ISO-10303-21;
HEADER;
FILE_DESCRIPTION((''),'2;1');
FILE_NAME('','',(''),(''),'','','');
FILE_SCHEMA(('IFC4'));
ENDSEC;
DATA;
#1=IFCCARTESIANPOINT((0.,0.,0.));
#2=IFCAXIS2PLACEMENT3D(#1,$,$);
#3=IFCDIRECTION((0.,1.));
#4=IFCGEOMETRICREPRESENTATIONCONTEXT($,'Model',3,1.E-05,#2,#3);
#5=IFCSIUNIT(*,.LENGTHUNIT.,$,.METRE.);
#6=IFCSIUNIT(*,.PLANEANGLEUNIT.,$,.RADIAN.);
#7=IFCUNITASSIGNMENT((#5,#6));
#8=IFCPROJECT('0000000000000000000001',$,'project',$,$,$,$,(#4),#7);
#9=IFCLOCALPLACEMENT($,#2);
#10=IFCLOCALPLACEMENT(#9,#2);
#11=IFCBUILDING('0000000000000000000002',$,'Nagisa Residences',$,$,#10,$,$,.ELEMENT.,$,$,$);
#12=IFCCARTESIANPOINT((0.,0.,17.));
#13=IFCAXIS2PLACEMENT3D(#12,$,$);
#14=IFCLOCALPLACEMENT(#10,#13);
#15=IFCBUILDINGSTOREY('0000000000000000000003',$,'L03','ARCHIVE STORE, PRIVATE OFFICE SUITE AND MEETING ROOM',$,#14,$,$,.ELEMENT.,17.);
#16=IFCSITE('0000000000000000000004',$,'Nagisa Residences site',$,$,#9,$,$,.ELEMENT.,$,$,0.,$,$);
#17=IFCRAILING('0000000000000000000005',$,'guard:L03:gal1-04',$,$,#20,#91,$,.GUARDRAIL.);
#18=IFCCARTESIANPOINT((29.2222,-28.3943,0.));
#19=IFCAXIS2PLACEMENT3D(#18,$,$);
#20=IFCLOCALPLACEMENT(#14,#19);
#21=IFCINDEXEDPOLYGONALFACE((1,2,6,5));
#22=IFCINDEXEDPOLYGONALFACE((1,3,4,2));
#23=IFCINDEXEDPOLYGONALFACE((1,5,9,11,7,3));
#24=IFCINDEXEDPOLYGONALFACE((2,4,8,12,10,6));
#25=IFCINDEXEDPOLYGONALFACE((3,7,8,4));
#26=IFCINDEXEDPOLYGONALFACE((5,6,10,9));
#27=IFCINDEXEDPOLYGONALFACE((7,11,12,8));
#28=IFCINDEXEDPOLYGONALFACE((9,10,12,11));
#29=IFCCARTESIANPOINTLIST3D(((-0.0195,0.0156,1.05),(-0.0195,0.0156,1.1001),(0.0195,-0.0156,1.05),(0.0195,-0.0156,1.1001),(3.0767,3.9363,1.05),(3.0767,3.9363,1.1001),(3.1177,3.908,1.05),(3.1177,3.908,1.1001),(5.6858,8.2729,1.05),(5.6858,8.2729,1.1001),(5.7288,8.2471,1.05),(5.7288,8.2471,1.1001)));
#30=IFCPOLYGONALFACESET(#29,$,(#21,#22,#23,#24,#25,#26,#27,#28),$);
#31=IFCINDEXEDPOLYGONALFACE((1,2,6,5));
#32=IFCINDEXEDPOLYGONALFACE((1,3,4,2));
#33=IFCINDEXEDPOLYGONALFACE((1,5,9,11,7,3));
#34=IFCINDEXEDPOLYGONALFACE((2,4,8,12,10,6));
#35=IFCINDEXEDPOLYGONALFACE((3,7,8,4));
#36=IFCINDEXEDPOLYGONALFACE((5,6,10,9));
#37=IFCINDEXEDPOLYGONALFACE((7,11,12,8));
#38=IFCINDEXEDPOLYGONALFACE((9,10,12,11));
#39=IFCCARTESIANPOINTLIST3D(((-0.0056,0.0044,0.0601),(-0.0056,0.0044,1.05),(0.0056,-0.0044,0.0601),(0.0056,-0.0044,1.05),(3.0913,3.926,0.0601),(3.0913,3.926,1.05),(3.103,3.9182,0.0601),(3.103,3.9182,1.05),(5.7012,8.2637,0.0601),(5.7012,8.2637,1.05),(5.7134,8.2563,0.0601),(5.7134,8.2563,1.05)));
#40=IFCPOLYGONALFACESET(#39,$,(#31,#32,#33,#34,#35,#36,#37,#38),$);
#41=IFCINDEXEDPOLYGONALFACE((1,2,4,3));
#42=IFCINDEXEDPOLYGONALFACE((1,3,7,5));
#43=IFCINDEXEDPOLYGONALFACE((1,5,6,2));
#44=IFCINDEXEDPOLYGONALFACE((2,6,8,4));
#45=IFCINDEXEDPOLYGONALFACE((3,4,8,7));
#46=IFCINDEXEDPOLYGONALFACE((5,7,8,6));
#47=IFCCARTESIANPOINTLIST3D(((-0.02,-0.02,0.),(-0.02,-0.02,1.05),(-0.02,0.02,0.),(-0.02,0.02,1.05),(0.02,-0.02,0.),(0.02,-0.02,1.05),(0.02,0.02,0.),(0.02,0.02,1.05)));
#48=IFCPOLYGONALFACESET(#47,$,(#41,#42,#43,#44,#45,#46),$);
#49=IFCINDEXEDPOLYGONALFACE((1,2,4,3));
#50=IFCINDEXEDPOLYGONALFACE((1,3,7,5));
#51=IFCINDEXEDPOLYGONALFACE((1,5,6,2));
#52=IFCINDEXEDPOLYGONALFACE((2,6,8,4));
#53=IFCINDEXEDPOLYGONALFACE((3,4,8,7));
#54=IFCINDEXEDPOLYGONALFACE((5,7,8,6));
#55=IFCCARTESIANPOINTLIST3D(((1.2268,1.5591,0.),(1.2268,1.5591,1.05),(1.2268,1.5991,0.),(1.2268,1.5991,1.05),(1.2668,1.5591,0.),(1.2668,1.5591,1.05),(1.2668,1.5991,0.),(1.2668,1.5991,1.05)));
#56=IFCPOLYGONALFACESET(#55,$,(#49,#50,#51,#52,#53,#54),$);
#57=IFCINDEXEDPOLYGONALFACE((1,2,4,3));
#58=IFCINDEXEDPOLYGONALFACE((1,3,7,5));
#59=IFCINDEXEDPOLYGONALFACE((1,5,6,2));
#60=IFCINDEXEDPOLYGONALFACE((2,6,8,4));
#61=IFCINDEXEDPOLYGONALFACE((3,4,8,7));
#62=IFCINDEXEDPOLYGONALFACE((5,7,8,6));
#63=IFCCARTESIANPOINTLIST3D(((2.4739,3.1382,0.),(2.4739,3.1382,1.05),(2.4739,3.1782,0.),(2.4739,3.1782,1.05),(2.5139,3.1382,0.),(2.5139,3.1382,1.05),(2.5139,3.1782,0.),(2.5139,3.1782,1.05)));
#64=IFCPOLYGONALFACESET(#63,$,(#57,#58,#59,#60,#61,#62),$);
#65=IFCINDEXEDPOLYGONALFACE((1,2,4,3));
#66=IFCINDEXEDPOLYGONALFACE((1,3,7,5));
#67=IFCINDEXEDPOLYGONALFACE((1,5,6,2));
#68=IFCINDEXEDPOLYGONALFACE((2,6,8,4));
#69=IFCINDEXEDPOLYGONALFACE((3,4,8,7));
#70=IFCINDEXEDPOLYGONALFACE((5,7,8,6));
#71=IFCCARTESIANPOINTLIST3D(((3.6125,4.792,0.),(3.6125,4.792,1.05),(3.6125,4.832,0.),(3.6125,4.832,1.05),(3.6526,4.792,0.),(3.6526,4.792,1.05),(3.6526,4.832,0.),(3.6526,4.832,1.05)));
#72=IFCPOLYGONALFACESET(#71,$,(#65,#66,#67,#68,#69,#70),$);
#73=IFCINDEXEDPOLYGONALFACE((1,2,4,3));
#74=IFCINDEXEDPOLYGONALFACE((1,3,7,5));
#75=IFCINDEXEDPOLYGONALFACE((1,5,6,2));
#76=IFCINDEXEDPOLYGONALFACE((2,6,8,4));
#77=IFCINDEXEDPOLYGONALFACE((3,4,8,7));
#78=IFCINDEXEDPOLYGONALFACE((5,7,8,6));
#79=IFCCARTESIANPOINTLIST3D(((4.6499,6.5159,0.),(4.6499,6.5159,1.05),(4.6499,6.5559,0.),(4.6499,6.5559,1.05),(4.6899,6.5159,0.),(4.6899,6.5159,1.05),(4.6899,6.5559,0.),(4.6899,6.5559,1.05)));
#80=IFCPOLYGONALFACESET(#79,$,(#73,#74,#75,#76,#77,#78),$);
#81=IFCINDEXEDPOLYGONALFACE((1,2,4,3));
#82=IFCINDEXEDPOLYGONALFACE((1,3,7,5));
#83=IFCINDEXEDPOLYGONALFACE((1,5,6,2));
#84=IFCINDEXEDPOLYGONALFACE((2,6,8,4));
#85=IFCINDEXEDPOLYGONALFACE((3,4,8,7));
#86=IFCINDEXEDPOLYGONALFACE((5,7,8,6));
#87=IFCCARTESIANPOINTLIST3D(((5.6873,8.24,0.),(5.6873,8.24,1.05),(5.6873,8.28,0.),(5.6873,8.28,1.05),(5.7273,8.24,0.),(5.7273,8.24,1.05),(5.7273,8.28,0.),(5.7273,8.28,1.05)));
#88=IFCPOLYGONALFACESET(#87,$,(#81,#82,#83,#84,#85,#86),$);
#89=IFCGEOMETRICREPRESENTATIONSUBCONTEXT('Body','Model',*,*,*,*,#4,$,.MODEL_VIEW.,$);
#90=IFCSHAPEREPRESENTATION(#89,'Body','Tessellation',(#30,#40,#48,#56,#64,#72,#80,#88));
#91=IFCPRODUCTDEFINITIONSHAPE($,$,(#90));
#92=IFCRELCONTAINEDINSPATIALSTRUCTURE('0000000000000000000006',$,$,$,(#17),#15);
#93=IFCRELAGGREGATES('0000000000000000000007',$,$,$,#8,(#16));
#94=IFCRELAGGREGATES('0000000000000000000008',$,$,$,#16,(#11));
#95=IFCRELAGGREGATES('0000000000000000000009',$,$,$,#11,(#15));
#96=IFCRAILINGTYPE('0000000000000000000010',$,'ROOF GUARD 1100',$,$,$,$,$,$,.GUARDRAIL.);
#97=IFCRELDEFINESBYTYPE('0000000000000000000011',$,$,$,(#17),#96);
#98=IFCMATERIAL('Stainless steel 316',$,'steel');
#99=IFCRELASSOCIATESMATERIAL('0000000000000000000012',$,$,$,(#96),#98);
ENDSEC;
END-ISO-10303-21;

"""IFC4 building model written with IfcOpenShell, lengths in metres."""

from ifc_helpers import new_model, si_unit, direction, frame, origin, origin_2d, place, context, subcontext, project, spatial, polyline, rectangle, outline, extrude, material, type_object, element, save


model = new_model("IFC4")

# Units and contexts
model_context = context("Model", 3, precision=1e-05, world=origin(), true_north=direction((0.0, 1.0)))
body_context = subcontext(model_context, "Body", "Model", "MODEL_VIEW")
ifc_project = project(units=[si_unit("LENGTHUNIT", "METRE"), si_unit("PLANEANGLEUNIT", "RADIAN")], contexts=[model_context])

# Site, building, storey
site_placement = place(None, origin())
site = spatial("IfcSite", under=ifc_project, at=site_placement, Name="Nagisa Residences site", CompositionType="ELEMENT", RefElevation=0.0)
building_placement = place(site_placement, origin())
building = spatial("IfcBuilding", under=site, at=building_placement, Name="Nagisa Residences", CompositionType="ELEMENT")
storey_placement = place(building_placement, frame((0.0, 0.0, 17.0)))
storey = spatial("IfcBuildingStorey", under=building, at=storey_placement, Name="L03", Description="ARCHIVE STORE, PRIVATE OFFICE SUITE AND MEETING ROOM", CompositionType="ELEMENT", Elevation=17.0)

# Railing
ifc_material_1 = material(Name="Stainless steel 316", Category="steel")
railing_type = type_object("IfcRailingType", Name="ROOF GUARD 1100", PredefinedType="GUARDRAIL", material=ifc_material_1)
railing_1_placement = place(storey_placement, frame((29.2222, -28.3943, 0.0)))
element("IfcRailing", 1, at=railing_1_placement, inside=storey, type_object=railing_type, Name="guard:L03:gal1-04", PredefinedType="GUARDRAIL", context=body_context, shape_type="SweptSolid", body=[
    extrude(outline(polyline([(3.0767, 3.9363), (-0.0195, 0.0156), (0.0195, -0.0156), (3.1177, 3.908), (5.7288, 8.2471), (5.6858, 8.2729), (3.0767, 3.9363)])), frame((0.0, 0.0, 1.05)), (0.0, 0.0, 1.0), 0.05),
    extrude(outline(polyline([(3.0913, 3.926), (-0.0056, 0.0044), (0.0056, -0.0044), (3.103, 3.9182), (5.7134, 8.2563), (5.7012, 8.2637), (3.0913, 3.926)])), frame((0.0, 0.0, 0.0601)), (0.0, 0.0, 1.0), 0.99),
    extrude(rectangle(XDim=0.04, YDim=0.04, at=origin_2d()), origin(), (0.0, 0.0, 1.0), 1.05),
    extrude(rectangle(XDim=0.04, YDim=0.04, at=origin_2d()), frame((1.2468, 1.5791, 0.0)), (0.0, 0.0, 1.0), 1.05),
    extrude(rectangle(XDim=0.04, YDim=0.04, at=origin_2d()), frame((2.4939, 3.1582, 0.0)), (0.0, 0.0, 1.0), 1.05),
    extrude(rectangle(XDim=0.04, YDim=0.04, at=origin_2d()), frame((3.6326, 4.812, 0.0)), (0.0, 0.0, 1.0), 1.05),
    extrude(rectangle(XDim=0.04, YDim=0.04, at=origin_2d()), frame((4.6699, 6.5359, 0.0)), (0.0, 0.0, 1.0), 1.05),
    extrude(rectangle(XDim=0.04, YDim=0.04, at=origin_2d()), frame((5.7073, 8.26, 0.0)), (0.0, 0.0, 1.0), 1.05),
])

save(model, "model.ifc")
